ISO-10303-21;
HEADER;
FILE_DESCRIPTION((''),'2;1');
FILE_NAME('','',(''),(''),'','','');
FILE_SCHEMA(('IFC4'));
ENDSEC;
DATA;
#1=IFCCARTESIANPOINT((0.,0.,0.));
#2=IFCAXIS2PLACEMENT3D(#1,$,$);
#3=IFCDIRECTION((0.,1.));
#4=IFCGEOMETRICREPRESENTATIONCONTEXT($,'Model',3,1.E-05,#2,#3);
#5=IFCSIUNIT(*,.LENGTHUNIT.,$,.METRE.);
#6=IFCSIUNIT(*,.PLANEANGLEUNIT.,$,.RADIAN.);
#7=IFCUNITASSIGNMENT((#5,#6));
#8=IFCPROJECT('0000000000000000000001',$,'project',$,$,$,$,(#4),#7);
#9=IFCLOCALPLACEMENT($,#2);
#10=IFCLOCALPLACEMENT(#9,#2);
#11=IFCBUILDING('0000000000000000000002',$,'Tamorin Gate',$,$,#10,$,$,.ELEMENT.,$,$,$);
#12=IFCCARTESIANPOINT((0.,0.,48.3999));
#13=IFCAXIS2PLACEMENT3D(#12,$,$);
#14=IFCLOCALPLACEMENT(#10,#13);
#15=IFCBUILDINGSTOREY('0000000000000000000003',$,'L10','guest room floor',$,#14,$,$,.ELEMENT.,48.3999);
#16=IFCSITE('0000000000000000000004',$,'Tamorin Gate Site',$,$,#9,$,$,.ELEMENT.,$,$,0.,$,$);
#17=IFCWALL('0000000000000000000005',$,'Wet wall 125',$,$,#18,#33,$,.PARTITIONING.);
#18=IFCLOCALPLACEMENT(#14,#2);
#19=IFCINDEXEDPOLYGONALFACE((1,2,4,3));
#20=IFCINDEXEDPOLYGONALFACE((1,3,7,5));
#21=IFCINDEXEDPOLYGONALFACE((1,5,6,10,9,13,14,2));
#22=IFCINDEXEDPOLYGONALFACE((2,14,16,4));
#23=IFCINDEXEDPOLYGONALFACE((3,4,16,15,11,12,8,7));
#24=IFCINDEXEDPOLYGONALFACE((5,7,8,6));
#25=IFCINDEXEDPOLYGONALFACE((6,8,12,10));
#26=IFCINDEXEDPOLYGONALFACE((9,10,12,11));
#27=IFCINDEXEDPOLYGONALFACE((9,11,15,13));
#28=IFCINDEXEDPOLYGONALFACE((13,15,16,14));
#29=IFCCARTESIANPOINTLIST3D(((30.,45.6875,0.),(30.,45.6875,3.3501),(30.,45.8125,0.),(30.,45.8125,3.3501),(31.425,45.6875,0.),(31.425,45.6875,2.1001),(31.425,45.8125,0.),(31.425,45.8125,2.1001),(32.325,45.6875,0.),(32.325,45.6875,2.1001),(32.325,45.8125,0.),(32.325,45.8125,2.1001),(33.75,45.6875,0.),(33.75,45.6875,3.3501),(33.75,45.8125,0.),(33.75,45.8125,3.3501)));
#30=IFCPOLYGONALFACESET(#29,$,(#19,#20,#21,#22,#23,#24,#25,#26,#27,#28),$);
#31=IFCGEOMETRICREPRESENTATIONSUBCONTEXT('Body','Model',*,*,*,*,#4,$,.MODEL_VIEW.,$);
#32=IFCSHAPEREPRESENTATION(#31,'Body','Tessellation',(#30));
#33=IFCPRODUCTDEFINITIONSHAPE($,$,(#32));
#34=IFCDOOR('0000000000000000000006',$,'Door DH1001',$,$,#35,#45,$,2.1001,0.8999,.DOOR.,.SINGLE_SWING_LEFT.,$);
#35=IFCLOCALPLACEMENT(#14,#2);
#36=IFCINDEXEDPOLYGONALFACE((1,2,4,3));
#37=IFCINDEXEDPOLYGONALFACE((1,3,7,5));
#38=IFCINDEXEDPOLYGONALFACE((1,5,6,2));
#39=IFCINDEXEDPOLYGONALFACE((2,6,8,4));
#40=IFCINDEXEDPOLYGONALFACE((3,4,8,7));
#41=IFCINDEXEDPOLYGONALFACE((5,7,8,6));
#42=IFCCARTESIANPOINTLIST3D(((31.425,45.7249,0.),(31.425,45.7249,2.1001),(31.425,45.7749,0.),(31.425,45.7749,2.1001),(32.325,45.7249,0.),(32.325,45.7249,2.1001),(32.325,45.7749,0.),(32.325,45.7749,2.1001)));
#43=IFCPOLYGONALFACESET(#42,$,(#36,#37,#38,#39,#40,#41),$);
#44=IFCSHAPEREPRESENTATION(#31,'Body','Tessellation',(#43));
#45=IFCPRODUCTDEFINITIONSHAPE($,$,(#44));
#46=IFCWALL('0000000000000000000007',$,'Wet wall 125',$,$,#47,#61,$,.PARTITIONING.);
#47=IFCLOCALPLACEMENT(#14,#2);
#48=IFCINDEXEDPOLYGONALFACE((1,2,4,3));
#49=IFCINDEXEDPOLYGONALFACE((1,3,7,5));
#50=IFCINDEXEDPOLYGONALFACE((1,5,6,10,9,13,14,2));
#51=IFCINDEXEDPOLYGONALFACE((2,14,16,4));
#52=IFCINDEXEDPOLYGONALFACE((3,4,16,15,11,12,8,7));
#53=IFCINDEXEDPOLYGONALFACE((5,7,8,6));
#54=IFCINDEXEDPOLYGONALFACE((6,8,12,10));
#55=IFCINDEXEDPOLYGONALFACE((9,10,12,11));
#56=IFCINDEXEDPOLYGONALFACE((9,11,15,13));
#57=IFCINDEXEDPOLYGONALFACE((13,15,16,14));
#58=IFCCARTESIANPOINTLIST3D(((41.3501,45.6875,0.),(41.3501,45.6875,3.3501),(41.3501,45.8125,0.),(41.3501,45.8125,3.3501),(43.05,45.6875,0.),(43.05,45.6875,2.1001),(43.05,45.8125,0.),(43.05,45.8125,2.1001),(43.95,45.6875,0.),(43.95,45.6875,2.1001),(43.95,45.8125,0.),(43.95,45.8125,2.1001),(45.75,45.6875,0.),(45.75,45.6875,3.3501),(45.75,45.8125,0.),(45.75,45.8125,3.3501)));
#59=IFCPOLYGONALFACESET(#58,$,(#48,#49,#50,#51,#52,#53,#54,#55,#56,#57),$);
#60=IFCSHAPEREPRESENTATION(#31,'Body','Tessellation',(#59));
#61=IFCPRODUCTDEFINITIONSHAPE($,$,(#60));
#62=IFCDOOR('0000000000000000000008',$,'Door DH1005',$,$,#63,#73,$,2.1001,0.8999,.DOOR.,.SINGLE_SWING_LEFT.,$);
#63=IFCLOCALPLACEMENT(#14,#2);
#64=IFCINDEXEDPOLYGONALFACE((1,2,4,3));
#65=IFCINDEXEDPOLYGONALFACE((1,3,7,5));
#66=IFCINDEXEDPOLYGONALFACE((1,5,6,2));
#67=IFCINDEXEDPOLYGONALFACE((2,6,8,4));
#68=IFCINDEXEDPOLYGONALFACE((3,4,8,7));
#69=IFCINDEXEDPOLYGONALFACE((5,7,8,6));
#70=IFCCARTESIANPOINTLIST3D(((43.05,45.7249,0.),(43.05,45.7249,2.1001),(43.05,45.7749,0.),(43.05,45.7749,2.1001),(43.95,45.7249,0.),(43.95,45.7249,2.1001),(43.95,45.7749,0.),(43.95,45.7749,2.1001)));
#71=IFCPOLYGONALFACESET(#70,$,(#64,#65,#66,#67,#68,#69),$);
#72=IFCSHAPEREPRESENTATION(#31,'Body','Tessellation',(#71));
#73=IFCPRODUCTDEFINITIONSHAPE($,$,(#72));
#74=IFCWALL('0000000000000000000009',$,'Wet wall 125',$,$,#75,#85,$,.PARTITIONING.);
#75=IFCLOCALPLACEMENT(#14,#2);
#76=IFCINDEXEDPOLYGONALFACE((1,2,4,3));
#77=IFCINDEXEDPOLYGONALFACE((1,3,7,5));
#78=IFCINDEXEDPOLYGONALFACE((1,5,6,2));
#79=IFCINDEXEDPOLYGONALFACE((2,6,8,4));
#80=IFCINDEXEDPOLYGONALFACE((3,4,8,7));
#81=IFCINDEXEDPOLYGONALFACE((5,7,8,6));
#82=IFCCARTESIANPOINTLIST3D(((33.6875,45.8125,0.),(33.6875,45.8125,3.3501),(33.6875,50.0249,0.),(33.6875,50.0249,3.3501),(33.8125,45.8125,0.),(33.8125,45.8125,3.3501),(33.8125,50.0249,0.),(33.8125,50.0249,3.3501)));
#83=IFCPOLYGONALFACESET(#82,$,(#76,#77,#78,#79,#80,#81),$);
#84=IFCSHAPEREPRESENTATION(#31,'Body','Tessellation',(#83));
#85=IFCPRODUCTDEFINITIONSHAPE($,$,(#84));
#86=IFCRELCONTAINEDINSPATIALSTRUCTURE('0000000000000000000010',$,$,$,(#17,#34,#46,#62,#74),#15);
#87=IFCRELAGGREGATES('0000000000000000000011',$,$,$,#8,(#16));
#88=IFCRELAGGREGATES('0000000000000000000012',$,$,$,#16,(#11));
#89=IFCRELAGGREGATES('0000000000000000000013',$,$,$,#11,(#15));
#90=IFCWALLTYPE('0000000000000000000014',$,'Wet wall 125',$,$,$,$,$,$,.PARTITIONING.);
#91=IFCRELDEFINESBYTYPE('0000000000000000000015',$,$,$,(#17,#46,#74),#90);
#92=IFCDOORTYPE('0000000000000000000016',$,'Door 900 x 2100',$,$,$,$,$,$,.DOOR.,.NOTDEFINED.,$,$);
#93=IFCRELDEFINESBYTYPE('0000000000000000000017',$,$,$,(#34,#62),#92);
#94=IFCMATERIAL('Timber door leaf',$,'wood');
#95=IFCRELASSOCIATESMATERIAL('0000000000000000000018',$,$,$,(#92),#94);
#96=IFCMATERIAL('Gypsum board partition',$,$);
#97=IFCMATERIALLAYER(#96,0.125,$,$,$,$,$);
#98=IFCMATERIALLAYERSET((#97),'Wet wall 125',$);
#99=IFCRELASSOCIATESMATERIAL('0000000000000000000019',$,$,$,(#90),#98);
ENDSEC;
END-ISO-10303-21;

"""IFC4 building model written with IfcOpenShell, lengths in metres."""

from ifc_helpers import new_model, si_unit, direction, frame, frame_2d, origin, place, context, subcontext, project, spatial, rectangle, extrude, material, layer, layer_set, type_object, element, fill, save


model = new_model("IFC4")

# Units and contexts
model_context = context("Model", 3, precision=1e-05, world=origin(), true_north=direction((0.0, 1.0)))
body_context = subcontext(model_context, "Body", "Model", "MODEL_VIEW")
ifc_project = project(units=[si_unit("LENGTHUNIT", "METRE"), si_unit("PLANEANGLEUNIT", "RADIAN")], contexts=[model_context])

# Site, building, storey
site_placement = place(None, origin())
site = spatial("IfcSite", under=ifc_project, at=site_placement, Name="Tamorin Gate Site", CompositionType="ELEMENT", RefElevation=0.0)
building_placement = place(site_placement, origin())
building = spatial("IfcBuilding", under=site, at=building_placement, Name="Tamorin Gate", CompositionType="ELEMENT")
storey_placement = place(building_placement, frame((0.0, 0.0, 48.3999)))
storey = spatial("IfcBuildingStorey", under=building, at=storey_placement, Name="L10", Description="guest room floor", CompositionType="ELEMENT", Elevation=48.3999)

# Shared definitions
ifc_material_1 = material(Name="Gypsum board partition")
ifc_material_2 = material(Name="Timber door leaf", Category="wood")

# Walls, openings, doors
door_type_1 = type_object("IfcDoorType", Name="Door 900 x 2100", OperationType="NOTDEFINED", PredefinedType="DOOR", material=ifc_material_2)
ifc_layer_1 = layer(ifc_material_1, 0.125)
ifc_layer_set_1 = layer_set([ifc_layer_1], Name="Wet wall 125")
wall_type_1 = type_object("IfcWallType", Name="Wet wall 125", PredefinedType="PARTITIONING", material=ifc_layer_set_1)
wall_1_placement = place(storey_placement, frame((30.0, 45.75, 0.0), z_axis=(0.0, 0.0, 1.0), x_axis=(1.0, 0.0, 0.0)))
wall_1 = element("IfcWall", 1, at=wall_1_placement, inside=storey, type_object=wall_type_1, Name="Wet wall 125", PredefinedType="PARTITIONING", context=body_context, shape_type="SweptSolid", body=[
    extrude(rectangle(XDim=3.75, YDim=0.125, at=frame_2d((1.875, 0.0))), origin(), (0.0, 0.0, 1.0), 3.3501),
])
opening_1_placement = place(wall_1_placement, frame((1.425, 0.0, 0.0)))
opening_1 = element("IfcOpeningElement", 2, at=opening_1_placement, cuts=wall_1, PredefinedType="OPENING", context=body_context, shape_type="SweptSolid", body=[
    extrude(rectangle(XDim=0.8999, YDim=2.1001, at=frame_2d((0.45, 1.05))), frame((0.0, 0.0725, 0.0), z_axis=(0.0, -1.0, 0.0), x_axis=(1.0, 0.0, 0.0)), (0.0, 0.0, 1.0), 0.145),
])
door_1_placement = place(opening_1_placement, origin())
door_1 = element("IfcDoor", 3, at=door_1_placement, inside=storey, type_object=door_type_1, Name="Door DH1001", OperationType="SINGLE_SWING_LEFT", OverallHeight=2.1001, OverallWidth=0.8999, PredefinedType="DOOR", context=body_context, shape_type="SweptSolid", body=[
    extrude(rectangle(XDim=0.8999, YDim=2.1001, at=frame_2d((0.45, 1.05))), frame((0.0, 0.0249, 0.0), z_axis=(0.0, -1.0, 0.0), x_axis=(1.0, 0.0, 0.0)), (0.0, 0.0, 1.0), 0.05),
])
fill(opening_1, door_1)
wall_2_placement = place(storey_placement, frame((41.3501, 45.75, 0.0), z_axis=(0.0, 0.0, 1.0), x_axis=(1.0, 0.0, 0.0)))
wall_2 = element("IfcWall", 4, at=wall_2_placement, inside=storey, type_object=wall_type_1, Name="Wet wall 125", PredefinedType="PARTITIONING", context=body_context, shape_type="SweptSolid", body=[
    extrude(rectangle(XDim=4.3999, YDim=0.125, at=frame_2d((2.2, 0.0))), origin(), (0.0, 0.0, 1.0), 3.3501),
])
opening_2_placement = place(wall_2_placement, frame((1.7, 0.0, 0.0)))
opening_2 = element("IfcOpeningElement", 5, at=opening_2_placement, cuts=wall_2, PredefinedType="OPENING", context=body_context, shape_type="SweptSolid", body=[
    extrude(rectangle(XDim=0.8999, YDim=2.1001, at=frame_2d((0.45, 1.05))), frame((0.0, 0.0725, 0.0), z_axis=(0.0, -1.0, 0.0), x_axis=(1.0, 0.0, 0.0)), (0.0, 0.0, 1.0), 0.145),
])
door_2_placement = place(opening_2_placement, origin())
door_2 = element("IfcDoor", 6, at=door_2_placement, inside=storey, type_object=door_type_1, Name="Door DH1005", OperationType="SINGLE_SWING_LEFT", OverallHeight=2.1001, OverallWidth=0.8999, PredefinedType="DOOR", context=body_context, shape_type="SweptSolid", body=[
    extrude(rectangle(XDim=0.8999, YDim=2.1001, at=frame_2d((0.45, 1.05))), frame((0.0, 0.0249, 0.0), z_axis=(0.0, -1.0, 0.0), x_axis=(1.0, 0.0, 0.0)), (0.0, 0.0, 1.0), 0.05),
])
fill(opening_2, door_2)

# Wall
wall_3_placement = place(storey_placement, frame((33.75, 45.8125, 0.0), z_axis=(0.0, 0.0, 1.0), x_axis=(0.0, 1.0, 0.0)))
element("IfcWall", 7, at=wall_3_placement, inside=storey, type_object=wall_type_1, Name="Wet wall 125", PredefinedType="PARTITIONING", context=body_context, shape_type="SweptSolid", body=[
    extrude(rectangle(XDim=4.2124, YDim=0.125, at=frame_2d((2.1062, 0.0))), origin(), (0.0, 0.0, 1.0), 3.3501),
])

save(model, "model.ifc")
